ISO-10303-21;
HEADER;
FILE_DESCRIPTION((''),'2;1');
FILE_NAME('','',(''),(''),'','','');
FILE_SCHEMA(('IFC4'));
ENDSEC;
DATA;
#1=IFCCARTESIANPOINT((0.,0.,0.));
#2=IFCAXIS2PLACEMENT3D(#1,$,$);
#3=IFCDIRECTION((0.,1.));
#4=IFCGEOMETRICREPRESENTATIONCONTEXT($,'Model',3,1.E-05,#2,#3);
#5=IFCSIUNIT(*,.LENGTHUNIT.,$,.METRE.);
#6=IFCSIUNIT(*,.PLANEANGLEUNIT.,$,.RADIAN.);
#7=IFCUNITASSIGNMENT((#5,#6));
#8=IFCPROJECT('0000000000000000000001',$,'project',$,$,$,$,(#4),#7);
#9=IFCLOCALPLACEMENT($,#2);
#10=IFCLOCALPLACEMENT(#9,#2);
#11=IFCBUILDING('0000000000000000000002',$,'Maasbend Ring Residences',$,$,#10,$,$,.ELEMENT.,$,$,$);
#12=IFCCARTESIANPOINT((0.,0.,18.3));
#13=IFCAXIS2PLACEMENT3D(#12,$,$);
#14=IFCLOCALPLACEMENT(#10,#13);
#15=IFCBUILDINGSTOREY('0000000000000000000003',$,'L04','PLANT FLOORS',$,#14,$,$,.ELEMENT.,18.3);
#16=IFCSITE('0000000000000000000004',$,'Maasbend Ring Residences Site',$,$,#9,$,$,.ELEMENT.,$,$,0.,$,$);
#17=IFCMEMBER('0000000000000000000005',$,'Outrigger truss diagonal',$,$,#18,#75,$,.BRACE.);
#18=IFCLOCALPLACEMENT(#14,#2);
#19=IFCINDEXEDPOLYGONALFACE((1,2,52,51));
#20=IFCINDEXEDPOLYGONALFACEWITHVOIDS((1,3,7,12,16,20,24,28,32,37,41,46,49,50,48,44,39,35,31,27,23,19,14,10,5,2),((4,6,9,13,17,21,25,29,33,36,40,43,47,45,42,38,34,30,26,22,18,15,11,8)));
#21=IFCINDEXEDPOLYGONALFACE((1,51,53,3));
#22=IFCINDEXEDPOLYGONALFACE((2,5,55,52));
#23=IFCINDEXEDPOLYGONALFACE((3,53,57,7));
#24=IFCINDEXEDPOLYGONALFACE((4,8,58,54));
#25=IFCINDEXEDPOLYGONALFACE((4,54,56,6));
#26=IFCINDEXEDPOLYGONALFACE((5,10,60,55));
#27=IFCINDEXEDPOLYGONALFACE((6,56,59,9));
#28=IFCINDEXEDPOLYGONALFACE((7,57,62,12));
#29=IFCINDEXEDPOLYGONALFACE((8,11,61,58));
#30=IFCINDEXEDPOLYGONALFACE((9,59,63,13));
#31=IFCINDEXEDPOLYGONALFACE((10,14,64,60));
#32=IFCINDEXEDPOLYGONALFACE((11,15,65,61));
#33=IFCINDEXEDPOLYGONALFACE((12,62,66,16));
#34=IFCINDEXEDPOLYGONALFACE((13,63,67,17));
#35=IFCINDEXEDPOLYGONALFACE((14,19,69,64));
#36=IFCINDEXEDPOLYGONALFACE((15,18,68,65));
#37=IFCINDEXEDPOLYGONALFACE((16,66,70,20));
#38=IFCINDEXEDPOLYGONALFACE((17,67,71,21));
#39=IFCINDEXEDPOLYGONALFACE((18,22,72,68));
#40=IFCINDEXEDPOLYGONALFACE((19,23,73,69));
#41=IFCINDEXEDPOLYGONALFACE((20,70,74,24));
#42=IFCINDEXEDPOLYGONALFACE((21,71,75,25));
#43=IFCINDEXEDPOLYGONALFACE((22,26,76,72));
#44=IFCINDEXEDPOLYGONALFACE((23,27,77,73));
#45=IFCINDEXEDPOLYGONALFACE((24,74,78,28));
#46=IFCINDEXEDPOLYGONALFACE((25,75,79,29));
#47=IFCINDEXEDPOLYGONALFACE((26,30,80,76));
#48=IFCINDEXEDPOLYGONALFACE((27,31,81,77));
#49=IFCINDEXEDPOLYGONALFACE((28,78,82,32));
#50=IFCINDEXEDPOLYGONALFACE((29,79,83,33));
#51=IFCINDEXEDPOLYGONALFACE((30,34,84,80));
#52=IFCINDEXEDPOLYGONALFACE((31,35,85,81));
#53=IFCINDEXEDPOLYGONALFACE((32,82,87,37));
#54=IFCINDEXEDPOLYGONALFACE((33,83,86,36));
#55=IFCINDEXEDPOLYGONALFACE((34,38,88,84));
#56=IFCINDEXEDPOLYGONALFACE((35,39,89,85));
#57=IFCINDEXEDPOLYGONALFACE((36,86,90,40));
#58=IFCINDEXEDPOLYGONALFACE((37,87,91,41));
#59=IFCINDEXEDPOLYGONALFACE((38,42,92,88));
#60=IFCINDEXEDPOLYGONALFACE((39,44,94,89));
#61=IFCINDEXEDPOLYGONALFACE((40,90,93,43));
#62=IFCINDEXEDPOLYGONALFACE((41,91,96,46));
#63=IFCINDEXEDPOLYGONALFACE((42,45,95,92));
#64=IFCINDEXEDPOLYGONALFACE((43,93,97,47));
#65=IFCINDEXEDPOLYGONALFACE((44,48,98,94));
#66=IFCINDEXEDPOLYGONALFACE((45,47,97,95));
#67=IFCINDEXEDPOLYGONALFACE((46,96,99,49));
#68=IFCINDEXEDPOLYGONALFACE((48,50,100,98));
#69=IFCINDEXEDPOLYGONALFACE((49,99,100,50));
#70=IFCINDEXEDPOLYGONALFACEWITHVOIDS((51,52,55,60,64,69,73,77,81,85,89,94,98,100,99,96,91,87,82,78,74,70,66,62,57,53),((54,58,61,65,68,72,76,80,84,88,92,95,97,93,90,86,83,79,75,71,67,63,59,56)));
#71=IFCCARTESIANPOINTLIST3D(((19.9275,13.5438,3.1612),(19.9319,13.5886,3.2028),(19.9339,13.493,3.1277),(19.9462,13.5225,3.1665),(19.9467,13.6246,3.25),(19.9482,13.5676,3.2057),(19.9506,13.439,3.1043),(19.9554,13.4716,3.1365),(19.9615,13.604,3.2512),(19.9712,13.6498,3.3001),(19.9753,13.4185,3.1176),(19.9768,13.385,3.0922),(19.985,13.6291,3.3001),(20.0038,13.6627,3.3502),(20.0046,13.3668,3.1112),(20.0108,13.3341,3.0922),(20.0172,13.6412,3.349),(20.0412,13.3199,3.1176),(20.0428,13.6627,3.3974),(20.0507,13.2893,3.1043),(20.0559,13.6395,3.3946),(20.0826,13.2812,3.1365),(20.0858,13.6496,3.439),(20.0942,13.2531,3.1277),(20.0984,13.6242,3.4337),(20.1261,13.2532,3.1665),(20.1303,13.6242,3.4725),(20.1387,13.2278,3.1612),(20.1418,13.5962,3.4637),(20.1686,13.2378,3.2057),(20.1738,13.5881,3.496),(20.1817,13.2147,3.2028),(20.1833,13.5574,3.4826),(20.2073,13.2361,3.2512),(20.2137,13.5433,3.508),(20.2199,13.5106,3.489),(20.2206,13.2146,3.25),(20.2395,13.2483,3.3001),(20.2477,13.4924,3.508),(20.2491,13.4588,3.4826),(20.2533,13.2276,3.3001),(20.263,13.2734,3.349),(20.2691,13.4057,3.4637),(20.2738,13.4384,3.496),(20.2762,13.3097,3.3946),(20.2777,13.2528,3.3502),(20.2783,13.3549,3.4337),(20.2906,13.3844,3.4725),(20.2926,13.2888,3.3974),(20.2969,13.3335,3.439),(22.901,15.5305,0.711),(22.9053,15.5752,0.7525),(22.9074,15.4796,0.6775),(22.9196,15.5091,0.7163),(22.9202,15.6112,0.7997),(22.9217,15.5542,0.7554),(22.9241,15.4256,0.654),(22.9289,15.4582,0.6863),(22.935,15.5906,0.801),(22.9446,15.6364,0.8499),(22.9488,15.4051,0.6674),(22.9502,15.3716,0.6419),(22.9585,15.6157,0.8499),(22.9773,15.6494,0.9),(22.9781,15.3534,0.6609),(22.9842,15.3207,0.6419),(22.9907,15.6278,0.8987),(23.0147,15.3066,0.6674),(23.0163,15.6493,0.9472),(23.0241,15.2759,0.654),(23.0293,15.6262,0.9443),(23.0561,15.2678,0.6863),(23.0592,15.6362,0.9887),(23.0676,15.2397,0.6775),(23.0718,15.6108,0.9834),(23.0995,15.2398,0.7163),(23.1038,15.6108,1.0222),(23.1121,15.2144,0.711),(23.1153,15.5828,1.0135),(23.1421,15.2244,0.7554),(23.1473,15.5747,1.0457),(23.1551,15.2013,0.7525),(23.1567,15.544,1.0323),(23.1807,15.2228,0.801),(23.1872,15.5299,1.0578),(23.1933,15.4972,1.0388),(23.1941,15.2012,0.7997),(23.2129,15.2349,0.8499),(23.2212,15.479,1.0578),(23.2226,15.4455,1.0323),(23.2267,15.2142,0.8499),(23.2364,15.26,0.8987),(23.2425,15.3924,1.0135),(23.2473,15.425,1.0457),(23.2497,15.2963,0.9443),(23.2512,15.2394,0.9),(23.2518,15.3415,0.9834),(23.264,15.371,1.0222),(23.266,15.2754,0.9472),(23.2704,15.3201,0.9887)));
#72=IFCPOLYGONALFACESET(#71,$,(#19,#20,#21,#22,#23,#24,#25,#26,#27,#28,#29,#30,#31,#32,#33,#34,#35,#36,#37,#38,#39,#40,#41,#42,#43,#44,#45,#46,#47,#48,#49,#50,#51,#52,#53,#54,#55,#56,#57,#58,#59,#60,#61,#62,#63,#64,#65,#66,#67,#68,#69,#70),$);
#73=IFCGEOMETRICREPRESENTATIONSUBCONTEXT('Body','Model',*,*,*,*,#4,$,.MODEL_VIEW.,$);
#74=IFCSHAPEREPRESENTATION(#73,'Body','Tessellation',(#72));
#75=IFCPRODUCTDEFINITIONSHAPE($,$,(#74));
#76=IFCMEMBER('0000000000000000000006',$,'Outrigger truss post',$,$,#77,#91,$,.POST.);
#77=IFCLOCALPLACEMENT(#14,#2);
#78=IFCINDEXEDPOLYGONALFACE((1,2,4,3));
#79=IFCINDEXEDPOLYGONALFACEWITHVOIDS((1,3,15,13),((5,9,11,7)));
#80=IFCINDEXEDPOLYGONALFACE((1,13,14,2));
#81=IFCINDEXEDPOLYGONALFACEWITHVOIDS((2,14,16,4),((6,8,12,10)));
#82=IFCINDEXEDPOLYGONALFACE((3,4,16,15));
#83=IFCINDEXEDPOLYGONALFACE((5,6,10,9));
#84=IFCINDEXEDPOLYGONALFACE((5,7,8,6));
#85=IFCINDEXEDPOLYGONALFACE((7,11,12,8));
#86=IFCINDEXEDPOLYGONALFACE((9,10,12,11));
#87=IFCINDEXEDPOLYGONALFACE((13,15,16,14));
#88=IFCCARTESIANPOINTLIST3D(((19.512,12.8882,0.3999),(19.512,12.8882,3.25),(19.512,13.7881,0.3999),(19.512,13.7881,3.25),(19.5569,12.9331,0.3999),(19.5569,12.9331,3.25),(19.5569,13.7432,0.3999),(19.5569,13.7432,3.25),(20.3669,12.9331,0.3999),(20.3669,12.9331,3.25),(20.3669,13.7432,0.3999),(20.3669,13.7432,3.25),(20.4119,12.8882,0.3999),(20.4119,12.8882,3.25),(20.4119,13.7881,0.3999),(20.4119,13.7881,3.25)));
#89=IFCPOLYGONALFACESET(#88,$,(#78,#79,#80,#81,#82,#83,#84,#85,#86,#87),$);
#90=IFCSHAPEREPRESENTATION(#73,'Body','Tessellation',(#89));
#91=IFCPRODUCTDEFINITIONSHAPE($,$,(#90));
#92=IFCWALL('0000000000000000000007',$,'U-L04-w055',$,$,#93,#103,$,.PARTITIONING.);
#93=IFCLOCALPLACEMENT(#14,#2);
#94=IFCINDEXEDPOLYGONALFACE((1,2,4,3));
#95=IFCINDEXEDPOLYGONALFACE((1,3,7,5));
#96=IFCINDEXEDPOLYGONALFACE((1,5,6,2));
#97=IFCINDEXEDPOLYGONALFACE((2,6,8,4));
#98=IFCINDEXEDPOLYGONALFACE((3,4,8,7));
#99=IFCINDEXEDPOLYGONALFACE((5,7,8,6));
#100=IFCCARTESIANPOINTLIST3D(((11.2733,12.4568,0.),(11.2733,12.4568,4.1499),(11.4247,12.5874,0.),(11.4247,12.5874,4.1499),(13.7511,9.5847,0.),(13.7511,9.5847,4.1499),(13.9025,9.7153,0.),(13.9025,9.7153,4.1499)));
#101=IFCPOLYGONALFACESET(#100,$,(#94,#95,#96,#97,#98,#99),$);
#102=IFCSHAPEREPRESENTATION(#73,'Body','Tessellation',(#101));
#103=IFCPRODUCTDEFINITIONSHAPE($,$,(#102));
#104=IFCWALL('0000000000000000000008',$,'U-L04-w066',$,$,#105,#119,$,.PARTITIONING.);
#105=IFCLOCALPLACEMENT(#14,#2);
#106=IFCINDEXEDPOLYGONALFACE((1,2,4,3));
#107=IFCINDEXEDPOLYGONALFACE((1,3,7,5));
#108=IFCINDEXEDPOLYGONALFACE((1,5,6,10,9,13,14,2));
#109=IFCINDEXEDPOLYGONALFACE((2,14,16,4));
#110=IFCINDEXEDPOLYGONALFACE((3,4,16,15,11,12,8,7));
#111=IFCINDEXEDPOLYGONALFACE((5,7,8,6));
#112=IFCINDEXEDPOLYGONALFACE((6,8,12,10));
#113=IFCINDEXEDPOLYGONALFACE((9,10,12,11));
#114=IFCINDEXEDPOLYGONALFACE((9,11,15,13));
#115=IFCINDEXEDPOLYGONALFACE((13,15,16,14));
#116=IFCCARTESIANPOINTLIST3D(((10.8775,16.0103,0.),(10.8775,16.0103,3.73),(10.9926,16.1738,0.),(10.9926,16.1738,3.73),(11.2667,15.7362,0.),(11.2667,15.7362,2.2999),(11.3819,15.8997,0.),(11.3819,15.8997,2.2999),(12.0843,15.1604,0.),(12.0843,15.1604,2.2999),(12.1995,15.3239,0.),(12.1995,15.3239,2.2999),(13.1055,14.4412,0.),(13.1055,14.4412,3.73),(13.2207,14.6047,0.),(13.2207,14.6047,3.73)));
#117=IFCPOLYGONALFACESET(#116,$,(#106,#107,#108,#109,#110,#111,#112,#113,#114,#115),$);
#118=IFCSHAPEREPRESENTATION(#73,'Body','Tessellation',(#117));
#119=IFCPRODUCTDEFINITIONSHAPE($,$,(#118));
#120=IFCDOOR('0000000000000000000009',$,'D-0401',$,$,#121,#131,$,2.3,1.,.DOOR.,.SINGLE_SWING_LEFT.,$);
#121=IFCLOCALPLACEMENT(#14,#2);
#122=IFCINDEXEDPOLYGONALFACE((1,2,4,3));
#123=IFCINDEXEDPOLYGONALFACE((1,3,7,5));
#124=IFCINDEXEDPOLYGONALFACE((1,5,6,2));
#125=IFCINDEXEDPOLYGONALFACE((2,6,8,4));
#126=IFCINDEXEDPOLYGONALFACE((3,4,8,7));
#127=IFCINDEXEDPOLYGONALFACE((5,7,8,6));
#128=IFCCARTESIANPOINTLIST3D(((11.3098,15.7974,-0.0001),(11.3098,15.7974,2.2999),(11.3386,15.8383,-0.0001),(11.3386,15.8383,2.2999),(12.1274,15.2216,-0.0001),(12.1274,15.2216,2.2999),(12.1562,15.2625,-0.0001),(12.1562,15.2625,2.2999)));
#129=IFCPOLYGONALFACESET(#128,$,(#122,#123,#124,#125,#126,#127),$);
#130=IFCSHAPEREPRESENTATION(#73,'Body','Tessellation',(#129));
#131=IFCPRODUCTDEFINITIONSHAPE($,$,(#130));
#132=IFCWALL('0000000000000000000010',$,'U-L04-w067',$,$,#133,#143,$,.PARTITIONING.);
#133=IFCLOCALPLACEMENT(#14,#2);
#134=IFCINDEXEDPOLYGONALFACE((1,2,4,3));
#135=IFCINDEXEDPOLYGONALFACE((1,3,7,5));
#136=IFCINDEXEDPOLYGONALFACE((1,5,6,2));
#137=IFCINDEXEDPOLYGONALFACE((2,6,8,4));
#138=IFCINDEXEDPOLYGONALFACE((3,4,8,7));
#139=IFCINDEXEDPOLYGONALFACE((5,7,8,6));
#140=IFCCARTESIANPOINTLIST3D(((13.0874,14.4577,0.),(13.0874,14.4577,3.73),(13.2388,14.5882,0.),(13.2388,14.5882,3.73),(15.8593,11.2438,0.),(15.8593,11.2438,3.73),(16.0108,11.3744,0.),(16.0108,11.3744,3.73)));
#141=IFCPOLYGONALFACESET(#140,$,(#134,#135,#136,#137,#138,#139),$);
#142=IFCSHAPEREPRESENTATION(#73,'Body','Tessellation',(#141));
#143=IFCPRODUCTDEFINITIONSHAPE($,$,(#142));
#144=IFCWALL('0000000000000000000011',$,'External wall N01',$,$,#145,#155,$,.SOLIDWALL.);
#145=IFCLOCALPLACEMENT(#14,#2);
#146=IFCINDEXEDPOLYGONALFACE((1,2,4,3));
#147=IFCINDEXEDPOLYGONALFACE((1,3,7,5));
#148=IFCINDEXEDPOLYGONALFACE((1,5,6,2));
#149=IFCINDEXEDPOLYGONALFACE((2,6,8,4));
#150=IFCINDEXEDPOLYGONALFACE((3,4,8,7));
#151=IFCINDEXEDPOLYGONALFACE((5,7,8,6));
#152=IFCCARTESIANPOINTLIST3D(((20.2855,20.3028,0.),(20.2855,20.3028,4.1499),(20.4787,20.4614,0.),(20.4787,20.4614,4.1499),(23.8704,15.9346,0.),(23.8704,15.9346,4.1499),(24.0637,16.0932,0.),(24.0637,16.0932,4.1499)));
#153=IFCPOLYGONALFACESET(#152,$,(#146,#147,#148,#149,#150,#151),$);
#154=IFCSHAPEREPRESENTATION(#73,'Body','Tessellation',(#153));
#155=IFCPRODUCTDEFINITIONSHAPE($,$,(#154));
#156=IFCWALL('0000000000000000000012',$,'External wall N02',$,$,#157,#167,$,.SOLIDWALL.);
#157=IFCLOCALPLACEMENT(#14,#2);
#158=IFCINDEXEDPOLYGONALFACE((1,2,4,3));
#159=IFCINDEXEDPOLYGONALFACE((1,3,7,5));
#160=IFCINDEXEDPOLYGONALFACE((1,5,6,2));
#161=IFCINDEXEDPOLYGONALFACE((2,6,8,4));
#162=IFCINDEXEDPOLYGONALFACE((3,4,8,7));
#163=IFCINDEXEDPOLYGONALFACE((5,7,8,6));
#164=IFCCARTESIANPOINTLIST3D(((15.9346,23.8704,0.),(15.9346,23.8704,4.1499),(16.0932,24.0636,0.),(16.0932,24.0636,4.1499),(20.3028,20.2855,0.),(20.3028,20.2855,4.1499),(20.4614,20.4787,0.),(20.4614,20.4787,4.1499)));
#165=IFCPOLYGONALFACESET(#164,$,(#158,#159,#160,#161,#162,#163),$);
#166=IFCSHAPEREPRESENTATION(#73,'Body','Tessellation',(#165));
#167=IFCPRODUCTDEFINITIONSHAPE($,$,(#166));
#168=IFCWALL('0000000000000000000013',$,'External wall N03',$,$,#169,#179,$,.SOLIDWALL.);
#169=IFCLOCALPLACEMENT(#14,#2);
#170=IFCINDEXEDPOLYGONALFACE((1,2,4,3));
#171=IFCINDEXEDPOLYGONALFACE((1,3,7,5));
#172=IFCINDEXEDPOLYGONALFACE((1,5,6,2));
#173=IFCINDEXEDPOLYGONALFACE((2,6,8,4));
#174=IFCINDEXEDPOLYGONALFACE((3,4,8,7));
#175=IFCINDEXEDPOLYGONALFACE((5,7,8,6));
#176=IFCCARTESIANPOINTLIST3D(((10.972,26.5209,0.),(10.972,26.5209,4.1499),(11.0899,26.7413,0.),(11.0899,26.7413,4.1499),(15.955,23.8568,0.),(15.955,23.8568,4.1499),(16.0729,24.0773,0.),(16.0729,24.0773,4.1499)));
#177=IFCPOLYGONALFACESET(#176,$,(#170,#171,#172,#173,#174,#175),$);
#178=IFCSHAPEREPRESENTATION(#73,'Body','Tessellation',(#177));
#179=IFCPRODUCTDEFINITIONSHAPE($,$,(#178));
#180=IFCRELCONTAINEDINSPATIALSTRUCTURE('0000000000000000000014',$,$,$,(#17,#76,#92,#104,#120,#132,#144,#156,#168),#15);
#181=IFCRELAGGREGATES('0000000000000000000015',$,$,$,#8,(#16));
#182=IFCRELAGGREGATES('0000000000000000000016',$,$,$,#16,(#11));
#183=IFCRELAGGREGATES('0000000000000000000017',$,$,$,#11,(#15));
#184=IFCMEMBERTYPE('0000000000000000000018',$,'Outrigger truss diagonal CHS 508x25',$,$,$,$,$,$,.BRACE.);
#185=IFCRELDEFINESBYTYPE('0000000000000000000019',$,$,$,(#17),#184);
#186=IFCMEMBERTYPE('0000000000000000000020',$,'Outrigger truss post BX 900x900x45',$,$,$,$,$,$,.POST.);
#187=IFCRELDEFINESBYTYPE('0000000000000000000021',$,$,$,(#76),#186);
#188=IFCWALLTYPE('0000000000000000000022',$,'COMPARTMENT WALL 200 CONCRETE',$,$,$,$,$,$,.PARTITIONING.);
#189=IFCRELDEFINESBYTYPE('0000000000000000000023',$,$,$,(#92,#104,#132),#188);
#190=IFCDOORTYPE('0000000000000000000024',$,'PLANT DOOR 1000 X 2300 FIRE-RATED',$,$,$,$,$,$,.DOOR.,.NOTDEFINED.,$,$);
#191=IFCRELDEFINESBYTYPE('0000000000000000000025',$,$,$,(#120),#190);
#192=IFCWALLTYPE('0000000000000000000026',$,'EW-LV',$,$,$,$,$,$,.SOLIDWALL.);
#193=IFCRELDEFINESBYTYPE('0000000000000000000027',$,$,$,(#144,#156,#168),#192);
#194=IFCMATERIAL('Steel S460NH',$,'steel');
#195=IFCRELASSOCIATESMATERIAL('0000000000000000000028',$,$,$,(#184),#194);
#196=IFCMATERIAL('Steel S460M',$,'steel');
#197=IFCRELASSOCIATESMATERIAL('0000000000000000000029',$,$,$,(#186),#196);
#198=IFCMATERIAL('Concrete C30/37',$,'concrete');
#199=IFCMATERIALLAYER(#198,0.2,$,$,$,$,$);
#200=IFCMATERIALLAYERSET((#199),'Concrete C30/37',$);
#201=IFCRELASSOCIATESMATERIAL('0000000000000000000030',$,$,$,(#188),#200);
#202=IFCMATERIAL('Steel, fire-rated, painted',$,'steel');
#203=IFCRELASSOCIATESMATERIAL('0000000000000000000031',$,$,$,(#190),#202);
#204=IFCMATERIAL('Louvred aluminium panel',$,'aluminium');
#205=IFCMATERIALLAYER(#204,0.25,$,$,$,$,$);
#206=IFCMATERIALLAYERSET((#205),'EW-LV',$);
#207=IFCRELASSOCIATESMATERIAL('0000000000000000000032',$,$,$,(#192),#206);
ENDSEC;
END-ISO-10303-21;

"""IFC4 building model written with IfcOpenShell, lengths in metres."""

from ifc_helpers import new_model, si_unit, direction, frame, frame_2d, origin, origin_2d, place, context, subcontext, project, spatial, rectangle, hollow_rectangle, hollow_circle, extrude, material, layer, layer_set, material_profile, profile_set, type_object, element, fill, save


model = new_model("IFC4")

# Units and contexts
model_context = context("Model", 3, precision=1e-05, world=origin(), true_north=direction((0.0, 1.0)))
body_context = subcontext(model_context, "Body", "Model", "MODEL_VIEW")
ifc_project = project(units=[si_unit("LENGTHUNIT", "METRE"), si_unit("PLANEANGLEUNIT", "RADIAN")], contexts=[model_context])

# Site, building, storey
site_placement = place(None, origin())
site = spatial("IfcSite", under=ifc_project, at=site_placement, Name="Maasbend Ring Residences Site", CompositionType="ELEMENT", RefElevation=0.0)
building_placement = place(site_placement, origin())
building = spatial("IfcBuilding", under=site, at=building_placement, Name="Maasbend Ring Residences", CompositionType="ELEMENT")
storey_placement = place(building_placement, frame((0.0, 0.0, 18.3)))
storey = spatial("IfcBuildingStorey", under=building, at=storey_placement, Name="L04", Description="PLANT FLOORS", CompositionType="ELEMENT", Elevation=18.3)

# Members
ifc_material_1 = material(Name="Steel S460NH", Category="steel")
ifc_material_profile_1 = material_profile(ifc_material_1, hollow_circle(Radius=0.2539, WallThickness=0.0249, at=origin_2d()), Name="Outrigger truss diagonal CHS 508x25")
ifc_profile_set_1 = profile_set([ifc_material_profile_1], Name="Steel S460NH")
member_type_1 = type_object("IfcMemberType", Name="Outrigger truss diagonal CHS 508x25", PredefinedType="BRACE", material=ifc_profile_set_1)
member_1_placement = place(storey_placement, frame((23.0857, 15.4253, 0.8499), z_axis=(-0.685926, -0.458279, 0.565231), x_axis=(0.555535, -0.831493, 0.0)))
element("IfcMember", 1, at=member_1_placement, inside=storey, type_object=member_type_1, Name="Outrigger truss diagonal", PredefinedType="BRACE", context=body_context, shape_type="SweptSolid", body=[
    extrude(hollow_circle(Radius=0.2539, WallThickness=0.0249, at=origin_2d()), origin(), (0.0, 0.0, 1.0), 4.335),
])
ifc_material_2 = material(Name="Steel S460M", Category="steel")
ifc_material_profile_2 = material_profile(ifc_material_2, hollow_rectangle(XDim=0.8999, YDim=0.8999, WallThickness=0.0449, at=origin_2d()), Name="Outrigger truss post BX 900x900x45")
ifc_profile_set_2 = profile_set([ifc_material_profile_2], Name="Steel S460M")
member_type_2 = type_object("IfcMemberType", Name="Outrigger truss post BX 900x900x45", PredefinedType="POST", material=ifc_profile_set_2)
member_2_placement = place(storey_placement, frame((19.9619, 13.3381, 0.3999), z_axis=(0.0, 0.0, 1.0), x_axis=(1.0, 0.0, 0.0)))
element("IfcMember", 2, at=member_2_placement, inside=storey, type_object=member_type_2, Name="Outrigger truss post", PredefinedType="POST", context=body_context, shape_type="SweptSolid", body=[
    extrude(hollow_rectangle(XDim=0.8999, YDim=0.8999, WallThickness=0.0449, at=origin_2d()), origin(), (0.0, 0.0, 1.0), 2.8501),
])

# Wall
ifc_material_3 = material(Name="Concrete C30/37", Category="concrete")
ifc_layer_1 = layer(ifc_material_3, 0.2)
ifc_layer_set_1 = layer_set([ifc_layer_1], Name="Concrete C30/37")
wall_type_1 = type_object("IfcWallType", Name="COMPARTMENT WALL 200 CONCRETE", PredefinedType="PARTITIONING", material=ifc_layer_set_1)
wall_1_placement = place(storey_placement, frame((11.3491, 12.522, 0.0), z_axis=(0.0, 0.0, 1.0), x_axis=(0.653221, -0.757167, 0.0)))
element("IfcWall", 3, at=wall_1_placement, inside=storey, type_object=wall_type_1, Name="U-L04-w055", PredefinedType="PARTITIONING", context=body_context, shape_type="SweptSolid", body=[
    extrude(rectangle(XDim=3.7932, YDim=0.2, at=frame_2d((1.8965, 0.0))), origin(), (0.0, 0.0, 1.0), 4.1499),
])

# Wall, opening, door
wall_2_placement = place(storey_placement, frame((10.9351, 16.092, 0.0), z_axis=(0.0, 0.0, 1.0), x_axis=(0.817596, -0.575793, 0.0)))
wall_2 = element("IfcWall", 4, at=wall_2_placement, inside=storey, type_object=wall_type_1, Name="U-L04-w066", PredefinedType="PARTITIONING", context=body_context, shape_type="SweptSolid", body=[
    extrude(rectangle(XDim=2.7251, YDim=0.2, at=frame_2d((1.3625, 0.0))), origin(), (0.0, 0.0, 1.0), 3.73),
])
opening_placement = place(wall_2_placement, frame((0.4761, 0.0, 0.0)))
opening = element("IfcOpeningElement", 5, at=opening_placement, cuts=wall_2, PredefinedType="OPENING", context=body_context, shape_type="SweptSolid", body=[
    extrude(rectangle(XDim=1.0, YDim=2.3, at=frame_2d((0.5, 1.1499))), frame((0.0, 0.1099, 0.0), z_axis=(0.0, -1.0, 0.0), x_axis=(1.0, 0.0, 0.0)), (0.0, 0.0, 1.0), 0.22),
])
ifc_material_4 = material(Name="Steel, fire-rated, painted", Category="steel")
door_type = type_object("IfcDoorType", Name="PLANT DOOR 1000 X 2300 FIRE-RATED", OperationType="NOTDEFINED", PredefinedType="DOOR", material=ifc_material_4)
door_placement = place(opening_placement, origin())
door = element("IfcDoor", 6, at=door_placement, inside=storey, type_object=door_type, Name="D-0401", OperationType="SINGLE_SWING_LEFT", OverallHeight=2.3, OverallWidth=1.0, PredefinedType="DOOR", context=body_context, shape_type="SweptSolid", body=[
    extrude(rectangle(XDim=1.0, YDim=2.3, at=frame_2d((0.5, 1.1499))), frame((0.0, 0.0249, 0.0), z_axis=(0.0, -1.0, 0.0), x_axis=(1.0, 0.0, 0.0)), (0.0, 0.0, 1.0), 0.05),
])
fill(opening, door)

# Walls
wall_3_placement = place(storey_placement, frame((13.1631, 14.5229, 0.0), z_axis=(0.0, 0.0, 1.0), x_axis=(0.653128, -0.757247, 0.0)))
element("IfcWall", 7, at=wall_3_placement, inside=storey, type_object=wall_type_1, Name="U-L04-w067", PredefinedType="PARTITIONING", context=body_context, shape_type="SweptSolid", body=[
    extrude(rectangle(XDim=4.2441, YDim=0.2, at=frame_2d((2.1221, 0.0))), origin(), (0.0, 0.0, 1.0), 3.73),
])
ifc_material_5 = material(Name="Louvred aluminium panel", Category="aluminium")
ifc_layer_2 = layer(ifc_material_5, 0.25)
ifc_layer_set_2 = layer_set([ifc_layer_2], Name="EW-LV")
wall_type_2 = type_object("IfcWallType", Name="EW-LV", PredefinedType="SOLIDWALL", material=ifc_layer_set_2)
for number, where, z_axis, x_axis, name in (
    (8, (23.967, 16.0139, 0.0), (0.0, 0.0, 1.0), (-0.634404, 0.773002, 0.0), "External wall N01"),
    (9, (20.3821, 20.3821, 0.0), (0.0, 0.0, 1.0), (-0.773002, 0.634404, 0.0), "External wall N02"),
):
    element("IfcWall", number, at=place(storey_placement, frame(where, z_axis=z_axis, x_axis=x_axis)), inside=storey, type_object=wall_type_2, Name=name, PredefinedType="SOLIDWALL", context=body_context, shape_type="SweptSolid", body=[
        extrude(rectangle(XDim=5.6509, YDim=0.25, at=frame_2d((2.8254, 0.0))), origin(), (0.0, 0.0, 1.0), 4.1499),
    ])
wall_4_placement = place(storey_placement, frame((16.0139, 23.967, 0.0), z_axis=(0.0, 0.0, 1.0), x_axis=(-0.881874, 0.471485, 0.0)))
element("IfcWall", 10, at=wall_4_placement, inside=storey, type_object=wall_type_2, Name="External wall N03", PredefinedType="SOLIDWALL", context=body_context, shape_type="SweptSolid", body=[
    extrude(rectangle(XDim=5.6504, YDim=0.25, at=frame_2d((2.8252, 0.0))), origin(), (0.0, 0.0, 1.0), 4.1499),
])

save(model, "model.ifc")
